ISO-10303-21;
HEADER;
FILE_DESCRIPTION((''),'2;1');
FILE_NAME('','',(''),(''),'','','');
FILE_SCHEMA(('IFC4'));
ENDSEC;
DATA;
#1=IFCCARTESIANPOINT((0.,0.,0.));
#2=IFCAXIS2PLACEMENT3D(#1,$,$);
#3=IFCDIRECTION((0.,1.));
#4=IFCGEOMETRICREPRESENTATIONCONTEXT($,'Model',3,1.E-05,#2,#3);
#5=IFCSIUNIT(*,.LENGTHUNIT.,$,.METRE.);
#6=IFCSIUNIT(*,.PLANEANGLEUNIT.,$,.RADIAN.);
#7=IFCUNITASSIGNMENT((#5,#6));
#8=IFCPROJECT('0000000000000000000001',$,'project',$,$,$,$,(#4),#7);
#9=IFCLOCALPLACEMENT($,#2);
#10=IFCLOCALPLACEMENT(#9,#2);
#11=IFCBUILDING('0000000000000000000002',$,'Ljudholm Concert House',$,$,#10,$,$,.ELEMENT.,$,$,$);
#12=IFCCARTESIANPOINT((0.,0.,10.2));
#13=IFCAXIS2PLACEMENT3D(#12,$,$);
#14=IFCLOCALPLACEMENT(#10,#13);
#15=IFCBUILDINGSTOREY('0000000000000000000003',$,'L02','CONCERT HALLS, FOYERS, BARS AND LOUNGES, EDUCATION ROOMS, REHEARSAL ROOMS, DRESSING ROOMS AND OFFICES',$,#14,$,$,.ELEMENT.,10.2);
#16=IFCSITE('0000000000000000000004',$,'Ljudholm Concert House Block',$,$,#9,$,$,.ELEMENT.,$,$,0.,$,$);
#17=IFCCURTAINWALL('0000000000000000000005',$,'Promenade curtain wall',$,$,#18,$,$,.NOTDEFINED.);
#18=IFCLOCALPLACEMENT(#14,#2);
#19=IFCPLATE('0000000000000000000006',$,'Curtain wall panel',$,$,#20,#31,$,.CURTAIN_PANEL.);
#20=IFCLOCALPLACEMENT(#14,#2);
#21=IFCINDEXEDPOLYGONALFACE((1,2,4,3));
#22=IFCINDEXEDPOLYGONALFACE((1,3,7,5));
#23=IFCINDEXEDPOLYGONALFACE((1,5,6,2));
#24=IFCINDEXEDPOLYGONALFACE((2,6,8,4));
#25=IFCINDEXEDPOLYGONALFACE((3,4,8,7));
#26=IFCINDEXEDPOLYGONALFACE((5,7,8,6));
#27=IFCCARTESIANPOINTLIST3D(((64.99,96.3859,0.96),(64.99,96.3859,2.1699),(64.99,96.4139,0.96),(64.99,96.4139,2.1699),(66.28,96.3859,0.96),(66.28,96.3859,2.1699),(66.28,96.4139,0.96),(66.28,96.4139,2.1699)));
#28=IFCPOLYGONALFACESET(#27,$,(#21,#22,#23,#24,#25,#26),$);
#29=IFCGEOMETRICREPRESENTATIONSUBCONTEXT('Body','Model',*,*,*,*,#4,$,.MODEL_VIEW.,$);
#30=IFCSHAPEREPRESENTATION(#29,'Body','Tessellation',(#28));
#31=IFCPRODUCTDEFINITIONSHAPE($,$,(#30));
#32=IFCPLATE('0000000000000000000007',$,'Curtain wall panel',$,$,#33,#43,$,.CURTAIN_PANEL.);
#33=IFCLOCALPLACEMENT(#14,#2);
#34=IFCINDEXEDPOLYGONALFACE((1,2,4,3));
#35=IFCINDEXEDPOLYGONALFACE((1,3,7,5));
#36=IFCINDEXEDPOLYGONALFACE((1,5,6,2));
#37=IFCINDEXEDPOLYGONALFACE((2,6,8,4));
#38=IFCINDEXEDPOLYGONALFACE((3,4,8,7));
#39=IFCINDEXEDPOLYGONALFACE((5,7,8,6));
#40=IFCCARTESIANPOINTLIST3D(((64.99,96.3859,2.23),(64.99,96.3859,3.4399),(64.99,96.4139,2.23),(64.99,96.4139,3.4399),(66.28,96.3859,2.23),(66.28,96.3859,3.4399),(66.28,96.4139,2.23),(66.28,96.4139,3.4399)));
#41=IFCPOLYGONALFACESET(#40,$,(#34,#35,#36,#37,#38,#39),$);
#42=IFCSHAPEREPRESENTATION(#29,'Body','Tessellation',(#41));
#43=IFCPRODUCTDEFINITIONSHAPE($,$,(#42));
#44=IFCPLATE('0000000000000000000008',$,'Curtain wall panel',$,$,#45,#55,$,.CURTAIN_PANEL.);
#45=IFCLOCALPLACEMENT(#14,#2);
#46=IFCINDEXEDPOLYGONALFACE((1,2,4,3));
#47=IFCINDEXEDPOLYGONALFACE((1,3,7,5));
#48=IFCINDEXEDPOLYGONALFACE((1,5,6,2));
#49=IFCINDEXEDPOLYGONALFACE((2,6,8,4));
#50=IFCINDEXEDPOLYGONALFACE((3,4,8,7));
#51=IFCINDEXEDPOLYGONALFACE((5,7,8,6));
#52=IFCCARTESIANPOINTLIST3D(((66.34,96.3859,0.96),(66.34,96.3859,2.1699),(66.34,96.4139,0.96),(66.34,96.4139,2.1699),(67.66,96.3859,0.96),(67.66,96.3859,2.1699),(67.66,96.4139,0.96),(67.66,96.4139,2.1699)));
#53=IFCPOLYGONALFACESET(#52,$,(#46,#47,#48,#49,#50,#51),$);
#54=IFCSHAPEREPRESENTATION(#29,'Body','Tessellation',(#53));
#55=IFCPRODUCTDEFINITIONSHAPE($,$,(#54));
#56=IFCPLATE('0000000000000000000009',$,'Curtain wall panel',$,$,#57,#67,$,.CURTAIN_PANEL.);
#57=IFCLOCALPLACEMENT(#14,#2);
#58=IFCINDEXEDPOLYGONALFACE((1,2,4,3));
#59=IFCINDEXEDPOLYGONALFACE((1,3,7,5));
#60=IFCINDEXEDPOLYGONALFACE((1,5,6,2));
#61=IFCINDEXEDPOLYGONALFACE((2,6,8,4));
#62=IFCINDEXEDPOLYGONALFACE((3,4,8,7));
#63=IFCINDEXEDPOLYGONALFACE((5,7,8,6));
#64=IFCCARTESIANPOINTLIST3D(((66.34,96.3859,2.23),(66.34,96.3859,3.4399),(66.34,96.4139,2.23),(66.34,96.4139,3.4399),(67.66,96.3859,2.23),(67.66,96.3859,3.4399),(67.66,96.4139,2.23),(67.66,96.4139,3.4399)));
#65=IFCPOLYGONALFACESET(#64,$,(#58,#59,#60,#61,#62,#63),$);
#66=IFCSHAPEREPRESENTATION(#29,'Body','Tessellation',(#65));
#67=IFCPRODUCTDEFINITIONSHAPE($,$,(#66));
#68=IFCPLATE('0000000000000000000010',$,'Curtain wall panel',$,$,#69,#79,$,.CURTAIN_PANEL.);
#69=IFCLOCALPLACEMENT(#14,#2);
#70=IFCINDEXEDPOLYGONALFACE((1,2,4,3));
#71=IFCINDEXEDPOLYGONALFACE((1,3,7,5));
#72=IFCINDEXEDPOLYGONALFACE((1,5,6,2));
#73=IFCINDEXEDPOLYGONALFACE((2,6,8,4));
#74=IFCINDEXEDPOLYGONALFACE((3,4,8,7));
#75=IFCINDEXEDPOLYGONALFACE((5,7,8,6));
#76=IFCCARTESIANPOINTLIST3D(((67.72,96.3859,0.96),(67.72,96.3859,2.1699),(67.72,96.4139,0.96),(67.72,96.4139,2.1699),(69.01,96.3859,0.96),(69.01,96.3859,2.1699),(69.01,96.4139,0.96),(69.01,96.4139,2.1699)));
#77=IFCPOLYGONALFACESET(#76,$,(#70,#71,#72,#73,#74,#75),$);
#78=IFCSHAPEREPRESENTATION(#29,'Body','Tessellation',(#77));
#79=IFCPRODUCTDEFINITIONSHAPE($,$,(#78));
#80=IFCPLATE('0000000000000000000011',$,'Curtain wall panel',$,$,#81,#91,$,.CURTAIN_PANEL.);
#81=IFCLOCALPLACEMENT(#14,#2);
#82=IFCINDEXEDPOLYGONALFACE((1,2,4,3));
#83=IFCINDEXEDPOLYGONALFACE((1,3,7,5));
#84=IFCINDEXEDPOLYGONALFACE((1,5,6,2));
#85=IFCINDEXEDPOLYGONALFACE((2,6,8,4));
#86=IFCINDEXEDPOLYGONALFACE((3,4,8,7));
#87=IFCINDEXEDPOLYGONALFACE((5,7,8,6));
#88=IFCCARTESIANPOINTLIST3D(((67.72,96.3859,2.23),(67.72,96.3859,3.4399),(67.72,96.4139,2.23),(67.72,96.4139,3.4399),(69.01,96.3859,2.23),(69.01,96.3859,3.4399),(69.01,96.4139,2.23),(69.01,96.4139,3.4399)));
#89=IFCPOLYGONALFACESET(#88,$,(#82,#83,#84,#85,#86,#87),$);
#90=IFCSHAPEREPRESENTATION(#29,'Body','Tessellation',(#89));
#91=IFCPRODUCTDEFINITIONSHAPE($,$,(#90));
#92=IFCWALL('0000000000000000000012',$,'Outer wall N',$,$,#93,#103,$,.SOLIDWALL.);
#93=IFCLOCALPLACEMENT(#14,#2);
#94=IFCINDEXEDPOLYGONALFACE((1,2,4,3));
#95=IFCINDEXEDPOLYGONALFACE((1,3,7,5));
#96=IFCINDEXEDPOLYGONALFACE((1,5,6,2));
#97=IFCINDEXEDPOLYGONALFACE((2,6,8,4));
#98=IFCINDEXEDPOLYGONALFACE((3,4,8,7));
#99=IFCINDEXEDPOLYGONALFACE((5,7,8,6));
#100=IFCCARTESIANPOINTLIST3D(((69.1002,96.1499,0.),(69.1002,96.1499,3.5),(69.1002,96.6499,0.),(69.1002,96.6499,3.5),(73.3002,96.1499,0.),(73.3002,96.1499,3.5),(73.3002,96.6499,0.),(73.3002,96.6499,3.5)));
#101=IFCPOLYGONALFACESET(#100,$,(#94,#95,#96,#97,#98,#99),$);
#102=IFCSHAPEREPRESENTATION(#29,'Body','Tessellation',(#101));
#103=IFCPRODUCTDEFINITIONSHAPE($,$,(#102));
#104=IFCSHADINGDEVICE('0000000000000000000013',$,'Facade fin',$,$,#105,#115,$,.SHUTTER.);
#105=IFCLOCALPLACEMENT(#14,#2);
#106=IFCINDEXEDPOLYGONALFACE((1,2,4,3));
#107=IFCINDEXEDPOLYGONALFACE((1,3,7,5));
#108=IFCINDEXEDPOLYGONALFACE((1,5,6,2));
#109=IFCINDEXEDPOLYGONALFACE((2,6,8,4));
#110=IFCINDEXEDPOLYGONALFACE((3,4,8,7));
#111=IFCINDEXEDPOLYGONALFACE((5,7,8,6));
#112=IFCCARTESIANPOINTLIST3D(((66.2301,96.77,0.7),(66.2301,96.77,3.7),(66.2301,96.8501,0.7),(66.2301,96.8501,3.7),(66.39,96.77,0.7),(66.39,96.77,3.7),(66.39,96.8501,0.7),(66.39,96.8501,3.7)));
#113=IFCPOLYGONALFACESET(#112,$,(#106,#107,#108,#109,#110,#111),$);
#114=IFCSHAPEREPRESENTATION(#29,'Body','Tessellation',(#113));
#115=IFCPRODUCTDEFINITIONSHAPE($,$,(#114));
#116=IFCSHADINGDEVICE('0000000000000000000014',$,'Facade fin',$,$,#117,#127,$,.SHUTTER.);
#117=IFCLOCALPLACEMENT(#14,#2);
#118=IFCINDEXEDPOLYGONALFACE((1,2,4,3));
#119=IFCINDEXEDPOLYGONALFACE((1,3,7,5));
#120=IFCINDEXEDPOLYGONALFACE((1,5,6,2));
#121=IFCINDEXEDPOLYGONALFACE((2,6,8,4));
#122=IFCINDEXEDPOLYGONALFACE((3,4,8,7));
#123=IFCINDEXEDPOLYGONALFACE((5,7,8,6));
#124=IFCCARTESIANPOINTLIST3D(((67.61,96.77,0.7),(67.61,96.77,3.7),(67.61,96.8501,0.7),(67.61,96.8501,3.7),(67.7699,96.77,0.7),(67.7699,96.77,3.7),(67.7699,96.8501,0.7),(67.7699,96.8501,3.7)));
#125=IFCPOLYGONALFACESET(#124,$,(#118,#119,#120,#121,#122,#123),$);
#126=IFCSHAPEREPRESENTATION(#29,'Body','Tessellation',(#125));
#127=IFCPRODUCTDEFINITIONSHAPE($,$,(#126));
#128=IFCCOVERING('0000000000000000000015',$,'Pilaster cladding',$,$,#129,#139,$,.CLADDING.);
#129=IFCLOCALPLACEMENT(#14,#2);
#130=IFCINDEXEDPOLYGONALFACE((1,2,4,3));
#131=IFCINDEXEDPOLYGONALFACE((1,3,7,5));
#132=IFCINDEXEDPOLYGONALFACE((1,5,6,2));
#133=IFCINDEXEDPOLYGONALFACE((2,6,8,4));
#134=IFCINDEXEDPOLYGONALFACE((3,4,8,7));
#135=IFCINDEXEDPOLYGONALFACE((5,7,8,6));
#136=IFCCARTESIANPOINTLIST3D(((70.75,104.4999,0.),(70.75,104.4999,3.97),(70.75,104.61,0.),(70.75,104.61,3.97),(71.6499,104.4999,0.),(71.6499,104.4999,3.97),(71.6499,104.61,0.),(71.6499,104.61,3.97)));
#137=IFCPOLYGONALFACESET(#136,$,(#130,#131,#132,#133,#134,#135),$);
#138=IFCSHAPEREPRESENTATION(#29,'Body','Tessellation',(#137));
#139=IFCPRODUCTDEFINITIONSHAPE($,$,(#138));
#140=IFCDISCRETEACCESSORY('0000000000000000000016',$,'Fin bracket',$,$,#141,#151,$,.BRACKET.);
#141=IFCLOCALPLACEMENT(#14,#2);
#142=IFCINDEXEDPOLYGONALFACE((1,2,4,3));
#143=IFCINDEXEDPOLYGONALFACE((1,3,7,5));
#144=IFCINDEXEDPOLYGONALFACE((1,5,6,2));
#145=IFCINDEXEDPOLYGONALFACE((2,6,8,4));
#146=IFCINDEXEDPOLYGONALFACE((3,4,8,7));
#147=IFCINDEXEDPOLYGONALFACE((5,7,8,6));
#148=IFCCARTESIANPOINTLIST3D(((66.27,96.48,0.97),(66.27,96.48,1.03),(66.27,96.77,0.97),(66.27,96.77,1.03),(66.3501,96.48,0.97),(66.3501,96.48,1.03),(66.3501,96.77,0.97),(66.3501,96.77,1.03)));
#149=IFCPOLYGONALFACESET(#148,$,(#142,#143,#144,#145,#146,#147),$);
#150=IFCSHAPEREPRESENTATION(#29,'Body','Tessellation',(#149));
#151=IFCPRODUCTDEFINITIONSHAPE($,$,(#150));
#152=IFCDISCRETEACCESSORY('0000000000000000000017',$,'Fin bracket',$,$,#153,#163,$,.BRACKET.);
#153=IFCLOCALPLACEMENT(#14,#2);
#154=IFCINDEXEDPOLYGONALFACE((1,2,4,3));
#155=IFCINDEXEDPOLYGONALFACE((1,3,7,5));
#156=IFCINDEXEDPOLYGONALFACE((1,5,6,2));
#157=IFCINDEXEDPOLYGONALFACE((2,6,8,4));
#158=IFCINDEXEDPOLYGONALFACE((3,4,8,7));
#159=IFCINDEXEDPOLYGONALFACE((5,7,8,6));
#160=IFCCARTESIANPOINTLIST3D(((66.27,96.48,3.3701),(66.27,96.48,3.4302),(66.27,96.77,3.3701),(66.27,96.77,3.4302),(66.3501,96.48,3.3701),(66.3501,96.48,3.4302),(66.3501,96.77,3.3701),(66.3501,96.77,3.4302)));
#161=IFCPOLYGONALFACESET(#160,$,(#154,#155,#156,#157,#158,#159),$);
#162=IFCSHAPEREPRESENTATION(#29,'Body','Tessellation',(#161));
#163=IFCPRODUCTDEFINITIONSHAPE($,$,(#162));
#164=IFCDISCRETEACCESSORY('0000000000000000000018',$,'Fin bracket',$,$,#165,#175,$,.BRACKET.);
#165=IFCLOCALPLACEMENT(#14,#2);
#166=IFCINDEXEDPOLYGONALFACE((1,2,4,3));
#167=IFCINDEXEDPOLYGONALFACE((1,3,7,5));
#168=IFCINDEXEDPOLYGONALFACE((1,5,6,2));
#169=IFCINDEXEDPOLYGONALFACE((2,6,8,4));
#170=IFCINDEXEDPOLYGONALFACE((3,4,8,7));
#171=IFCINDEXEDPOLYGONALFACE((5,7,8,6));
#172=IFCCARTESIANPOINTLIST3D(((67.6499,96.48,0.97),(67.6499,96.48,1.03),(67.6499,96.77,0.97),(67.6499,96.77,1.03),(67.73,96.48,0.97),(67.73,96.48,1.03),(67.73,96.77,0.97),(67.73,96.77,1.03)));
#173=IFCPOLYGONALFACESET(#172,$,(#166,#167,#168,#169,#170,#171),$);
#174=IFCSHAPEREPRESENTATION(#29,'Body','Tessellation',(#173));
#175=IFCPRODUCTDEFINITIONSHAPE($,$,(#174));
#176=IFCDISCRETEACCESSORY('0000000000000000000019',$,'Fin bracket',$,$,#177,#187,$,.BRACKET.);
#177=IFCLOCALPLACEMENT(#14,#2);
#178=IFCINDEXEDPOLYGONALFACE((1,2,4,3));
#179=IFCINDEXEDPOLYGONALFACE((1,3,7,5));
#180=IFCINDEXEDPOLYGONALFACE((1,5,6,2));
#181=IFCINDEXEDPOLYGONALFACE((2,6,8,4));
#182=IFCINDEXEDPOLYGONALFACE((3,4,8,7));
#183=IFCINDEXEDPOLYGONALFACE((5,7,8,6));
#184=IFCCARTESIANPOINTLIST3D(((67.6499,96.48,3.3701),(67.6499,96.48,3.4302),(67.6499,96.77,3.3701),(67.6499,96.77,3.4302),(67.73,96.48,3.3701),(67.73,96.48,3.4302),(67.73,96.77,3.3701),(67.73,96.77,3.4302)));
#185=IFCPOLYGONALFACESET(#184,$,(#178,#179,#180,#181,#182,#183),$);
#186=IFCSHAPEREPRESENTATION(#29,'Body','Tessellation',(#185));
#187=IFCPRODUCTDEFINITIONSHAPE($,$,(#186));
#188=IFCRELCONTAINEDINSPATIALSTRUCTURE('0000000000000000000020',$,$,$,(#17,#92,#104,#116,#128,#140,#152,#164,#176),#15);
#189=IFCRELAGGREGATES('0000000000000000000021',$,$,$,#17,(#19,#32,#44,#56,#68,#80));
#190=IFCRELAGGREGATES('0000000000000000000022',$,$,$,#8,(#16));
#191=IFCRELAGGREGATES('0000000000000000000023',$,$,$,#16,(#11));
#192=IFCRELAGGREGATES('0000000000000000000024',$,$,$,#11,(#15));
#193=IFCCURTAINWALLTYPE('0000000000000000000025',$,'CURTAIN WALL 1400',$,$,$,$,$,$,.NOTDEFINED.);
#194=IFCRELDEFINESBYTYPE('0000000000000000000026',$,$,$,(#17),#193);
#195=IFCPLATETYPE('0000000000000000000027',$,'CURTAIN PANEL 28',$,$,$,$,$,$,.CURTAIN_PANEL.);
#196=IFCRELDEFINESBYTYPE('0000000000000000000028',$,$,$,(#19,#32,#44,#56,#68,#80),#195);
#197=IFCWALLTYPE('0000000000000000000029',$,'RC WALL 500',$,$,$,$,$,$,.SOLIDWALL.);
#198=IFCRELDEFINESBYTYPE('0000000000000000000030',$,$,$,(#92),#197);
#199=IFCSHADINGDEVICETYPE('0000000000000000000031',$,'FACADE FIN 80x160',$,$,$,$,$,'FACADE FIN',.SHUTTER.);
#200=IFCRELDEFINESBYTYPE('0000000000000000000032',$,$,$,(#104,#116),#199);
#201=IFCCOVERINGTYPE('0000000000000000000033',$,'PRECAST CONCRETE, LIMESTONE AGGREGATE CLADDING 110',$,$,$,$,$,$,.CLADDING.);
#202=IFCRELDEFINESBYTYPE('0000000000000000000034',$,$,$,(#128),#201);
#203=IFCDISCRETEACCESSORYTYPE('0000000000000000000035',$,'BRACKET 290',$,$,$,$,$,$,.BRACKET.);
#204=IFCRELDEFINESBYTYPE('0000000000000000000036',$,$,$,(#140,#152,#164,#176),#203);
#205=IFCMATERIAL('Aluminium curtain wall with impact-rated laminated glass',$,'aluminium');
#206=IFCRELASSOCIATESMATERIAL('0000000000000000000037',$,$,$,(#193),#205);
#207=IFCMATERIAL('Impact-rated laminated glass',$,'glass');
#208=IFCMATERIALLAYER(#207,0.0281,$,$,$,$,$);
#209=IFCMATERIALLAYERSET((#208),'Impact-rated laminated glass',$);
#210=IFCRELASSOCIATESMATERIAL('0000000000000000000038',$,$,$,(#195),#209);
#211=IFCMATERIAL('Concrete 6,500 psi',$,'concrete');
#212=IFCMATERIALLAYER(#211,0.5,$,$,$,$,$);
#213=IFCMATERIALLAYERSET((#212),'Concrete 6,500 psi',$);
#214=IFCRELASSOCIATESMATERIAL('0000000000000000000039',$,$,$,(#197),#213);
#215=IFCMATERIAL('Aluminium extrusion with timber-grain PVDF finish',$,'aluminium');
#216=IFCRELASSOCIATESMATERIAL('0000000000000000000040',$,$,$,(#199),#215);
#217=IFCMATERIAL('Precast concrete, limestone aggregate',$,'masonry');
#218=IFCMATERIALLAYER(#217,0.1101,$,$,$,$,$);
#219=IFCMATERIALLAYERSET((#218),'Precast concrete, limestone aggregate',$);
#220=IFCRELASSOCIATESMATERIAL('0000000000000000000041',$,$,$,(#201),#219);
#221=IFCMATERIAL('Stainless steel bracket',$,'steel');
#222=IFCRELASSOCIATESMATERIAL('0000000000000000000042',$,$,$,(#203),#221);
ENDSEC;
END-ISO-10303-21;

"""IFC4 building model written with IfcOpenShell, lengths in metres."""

from ifc_helpers import new_model, si_unit, direction, frame, frame_2d, origin, origin_2d, place, context, subcontext, project, spatial, rectangle, extrude, material, layer, layer_set, type_object, element, aggregate, save


model = new_model("IFC4")

# Units and contexts
model_context = context("Model", 3, precision=1e-05, world=origin(), true_north=direction((0.0, 1.0)))
body_context = subcontext(model_context, "Body", "Model", "MODEL_VIEW")
ifc_project = project(units=[si_unit("LENGTHUNIT", "METRE"), si_unit("PLANEANGLEUNIT", "RADIAN")], contexts=[model_context])

# Site, building, storey
site_placement = place(None, origin())
site = spatial("IfcSite", under=ifc_project, at=site_placement, Name="Ljudholm Concert House Block", CompositionType="ELEMENT", RefElevation=0.0)
building_placement = place(site_placement, origin())
building = spatial("IfcBuilding", under=site, at=building_placement, Name="Ljudholm Concert House", CompositionType="ELEMENT")
storey_placement = place(building_placement, frame((0.0, 0.0, 10.2)))
storey = spatial("IfcBuildingStorey", under=building, at=storey_placement, Name="L02", Description="CONCERT HALLS, FOYERS, BARS AND LOUNGES, EDUCATION ROOMS, REHEARSAL ROOMS, DRESSING ROOMS AND OFFICES", CompositionType="ELEMENT", Elevation=10.2)

# Curtain wall
ifc_material_1 = material(Name="Aluminium curtain wall with impact-rated laminated glass", Category="aluminium")
curtain_wall_type = type_object("IfcCurtainWallType", Name="CURTAIN WALL 1400", PredefinedType="NOTDEFINED", material=ifc_material_1)
curtain_wall_placement = place(storey_placement, origin())
curtain_wall = element("IfcCurtainWall", 1, at=curtain_wall_placement, inside=storey, type_object=curtain_wall_type, Name="Promenade curtain wall", PredefinedType="NOTDEFINED")

# Plates
ifc_material_2 = material(Name="Impact-rated laminated glass", Category="glass")
ifc_layer_1 = layer(ifc_material_2, 0.0281)
ifc_layer_set_1 = layer_set([ifc_layer_1], Name="Impact-rated laminated glass")
plate_type = type_object("IfcPlateType", Name="CURTAIN PANEL 28", PredefinedType="CURTAIN_PANEL", material=ifc_layer_set_1)
plate_1_placement = place(storey_placement, frame((65.635, 96.3999, 0.96), z_axis=(0.0, 0.0, 1.0), x_axis=(1.0, 0.0, 0.0)))
plate_1 = element("IfcPlate", 2, at=plate_1_placement, type_object=plate_type, Name="Curtain wall panel", PredefinedType="CURTAIN_PANEL", context=body_context, shape_type="SweptSolid", body=[
    extrude(rectangle(XDim=1.29, YDim=0.0281, at=origin_2d()), origin(), (0.0, 0.0, 1.0), 1.21),
])
plate_2_placement = place(storey_placement, frame((65.635, 96.3999, 2.23), z_axis=(0.0, 0.0, 1.0), x_axis=(1.0, 0.0, 0.0)))
plate_2 = element("IfcPlate", 3, at=plate_2_placement, type_object=plate_type, Name="Curtain wall panel", PredefinedType="CURTAIN_PANEL", context=body_context, shape_type="SweptSolid", body=[
    extrude(rectangle(XDim=1.29, YDim=0.0281, at=origin_2d()), origin(), (0.0, 0.0, 1.0), 1.21),
])
plate_3_placement = place(storey_placement, frame((67.0, 96.3999, 0.96), z_axis=(0.0, 0.0, 1.0), x_axis=(1.0, 0.0, 0.0)))
plate_3 = element("IfcPlate", 4, at=plate_3_placement, type_object=plate_type, Name="Curtain wall panel", PredefinedType="CURTAIN_PANEL", context=body_context, shape_type="SweptSolid", body=[
    extrude(rectangle(XDim=1.3201, YDim=0.0281, at=origin_2d()), origin(), (0.0, 0.0, 1.0), 1.21),
])
plate_4_placement = place(storey_placement, frame((67.0, 96.3999, 2.23), z_axis=(0.0, 0.0, 1.0), x_axis=(1.0, 0.0, 0.0)))
plate_4 = element("IfcPlate", 5, at=plate_4_placement, type_object=plate_type, Name="Curtain wall panel", PredefinedType="CURTAIN_PANEL", context=body_context, shape_type="SweptSolid", body=[
    extrude(rectangle(XDim=1.3201, YDim=0.0281, at=origin_2d()), origin(), (0.0, 0.0, 1.0), 1.21),
])
plate_5_placement = place(storey_placement, frame((68.365, 96.3999, 0.96), z_axis=(0.0, 0.0, 1.0), x_axis=(1.0, 0.0, 0.0)))
plate_5 = element("IfcPlate", 6, at=plate_5_placement, type_object=plate_type, Name="Curtain wall panel", PredefinedType="CURTAIN_PANEL", context=body_context, shape_type="SweptSolid", body=[
    extrude(rectangle(XDim=1.29, YDim=0.0281, at=origin_2d()), origin(), (0.0, 0.0, 1.0), 1.21),
])
plate_6_placement = place(storey_placement, frame((68.365, 96.3999, 2.23), z_axis=(0.0, 0.0, 1.0), x_axis=(1.0, 0.0, 0.0)))
plate_6 = element("IfcPlate", 7, at=plate_6_placement, type_object=plate_type, Name="Curtain wall panel", PredefinedType="CURTAIN_PANEL", context=body_context, shape_type="SweptSolid", body=[
    extrude(rectangle(XDim=1.29, YDim=0.0281, at=origin_2d()), origin(), (0.0, 0.0, 1.0), 1.21),
])
aggregate(curtain_wall, [plate_1, plate_2, plate_3, plate_4, plate_5, plate_6])

# Wall
ifc_material_3 = material(Name="Concrete 6,500 psi", Category="concrete")
ifc_layer_2 = layer(ifc_material_3, 0.5)
ifc_layer_set_2 = layer_set([ifc_layer_2], Name="Concrete 6,500 psi")
wall_type = type_object("IfcWallType", Name="RC WALL 500", PredefinedType="SOLIDWALL", material=ifc_layer_set_2)
wall_placement = place(storey_placement, frame((69.1001, 96.3999, 0.0), z_axis=(0.0, 0.0, 1.0), x_axis=(1.0, 0.0, 0.0)))
element("IfcWall", 8, at=wall_placement, inside=storey, type_object=wall_type, Name="Outer wall N", PredefinedType="SOLIDWALL", context=body_context, shape_type="SweptSolid", body=[
    extrude(rectangle(XDim=4.2, YDim=0.5, at=frame_2d((2.1001, 0.0))), origin(), (0.0, 0.0, 1.0), 3.5),
])

# Shading devices
ifc_material_4 = material(Name="Aluminium extrusion with timber-grain PVDF finish", Category="aluminium")
shading_device_type = type_object("IfcShadingDeviceType", Name="FACADE FIN 80x160", ElementType="FACADE FIN", PredefinedType="SHUTTER", material=ifc_material_4)
for number, where, z_axis, x_axis, name in (
    (9, (66.3101, 96.8101, 0.7), (0.0, 0.0, 1.0), (0.0, 1.0, 0.0), "Facade fin"),
    (10, (67.6899, 96.8101, 0.7), (0.0, 0.0, 1.0), (0.0, 1.0, 0.0), "Facade fin"),
):
    element("IfcShadingDevice", number, at=place(storey_placement, frame(where, z_axis=z_axis, x_axis=x_axis)), inside=storey, type_object=shading_device_type, Name=name, PredefinedType="SHUTTER", context=body_context, shape_type="SweptSolid", body=[
        extrude(rectangle(XDim=0.0801, YDim=0.1599, at=origin_2d()), origin(), (0.0, 0.0, 1.0), 3.0),
    ])

# Covering
ifc_material_5 = material(Name="Precast concrete, limestone aggregate", Category="masonry")
ifc_layer_3 = layer(ifc_material_5, 0.1101)
ifc_layer_set_3 = layer_set([ifc_layer_3], Name="Precast concrete, limestone aggregate")
covering_type = type_object("IfcCoveringType", Name="PRECAST CONCRETE, LIMESTONE AGGREGATE CLADDING 110", PredefinedType="CLADDING", material=ifc_layer_set_3)
covering_placement = place(storey_placement, frame((71.2, 104.5549, 0.0), z_axis=(0.0, 0.0, 1.0), x_axis=(0.0, -1.0, 0.0)))
element("IfcCovering", 11, at=covering_placement, inside=storey, type_object=covering_type, Name="Pilaster cladding", PredefinedType="CLADDING", context=body_context, shape_type="SweptSolid", body=[
    extrude(rectangle(XDim=0.1101, YDim=0.8999, at=origin_2d()), origin(), (0.0, 0.0, 1.0), 3.97),
])

# Discrete accessories
ifc_material_6 = material(Name="Stainless steel bracket", Category="steel")
discrete_accessory_type = type_object("IfcDiscreteAccessoryType", Name="BRACKET 290", PredefinedType="BRACKET", material=ifc_material_6)
for number, where, z_axis, x_axis, name in (
    (12, (66.3101, 96.625, 0.97), (0.0, 0.0, 1.0), (0.0, 1.0, 0.0), "Fin bracket"),
    (13, (66.3101, 96.625, 3.3701), (0.0, 0.0, 1.0), (0.0, 1.0, 0.0), "Fin bracket"),
    (14, (67.6899, 96.625, 0.97), (0.0, 0.0, 1.0), (0.0, 1.0, 0.0), "Fin bracket"),
    (15, (67.6899, 96.625, 3.3701), (0.0, 0.0, 1.0), (0.0, 1.0, 0.0), "Fin bracket"),
):
    element("IfcDiscreteAccessory", number, at=place(storey_placement, frame(where, z_axis=z_axis, x_axis=x_axis)), inside=storey, type_object=discrete_accessory_type, Name=name, PredefinedType="BRACKET", context=body_context, shape_type="SweptSolid", body=[
        extrude(rectangle(XDim=0.29, YDim=0.0801, at=origin_2d()), origin(), (0.0, 0.0, 1.0), 0.0601),
    ])

save(model, "model.ifc")
